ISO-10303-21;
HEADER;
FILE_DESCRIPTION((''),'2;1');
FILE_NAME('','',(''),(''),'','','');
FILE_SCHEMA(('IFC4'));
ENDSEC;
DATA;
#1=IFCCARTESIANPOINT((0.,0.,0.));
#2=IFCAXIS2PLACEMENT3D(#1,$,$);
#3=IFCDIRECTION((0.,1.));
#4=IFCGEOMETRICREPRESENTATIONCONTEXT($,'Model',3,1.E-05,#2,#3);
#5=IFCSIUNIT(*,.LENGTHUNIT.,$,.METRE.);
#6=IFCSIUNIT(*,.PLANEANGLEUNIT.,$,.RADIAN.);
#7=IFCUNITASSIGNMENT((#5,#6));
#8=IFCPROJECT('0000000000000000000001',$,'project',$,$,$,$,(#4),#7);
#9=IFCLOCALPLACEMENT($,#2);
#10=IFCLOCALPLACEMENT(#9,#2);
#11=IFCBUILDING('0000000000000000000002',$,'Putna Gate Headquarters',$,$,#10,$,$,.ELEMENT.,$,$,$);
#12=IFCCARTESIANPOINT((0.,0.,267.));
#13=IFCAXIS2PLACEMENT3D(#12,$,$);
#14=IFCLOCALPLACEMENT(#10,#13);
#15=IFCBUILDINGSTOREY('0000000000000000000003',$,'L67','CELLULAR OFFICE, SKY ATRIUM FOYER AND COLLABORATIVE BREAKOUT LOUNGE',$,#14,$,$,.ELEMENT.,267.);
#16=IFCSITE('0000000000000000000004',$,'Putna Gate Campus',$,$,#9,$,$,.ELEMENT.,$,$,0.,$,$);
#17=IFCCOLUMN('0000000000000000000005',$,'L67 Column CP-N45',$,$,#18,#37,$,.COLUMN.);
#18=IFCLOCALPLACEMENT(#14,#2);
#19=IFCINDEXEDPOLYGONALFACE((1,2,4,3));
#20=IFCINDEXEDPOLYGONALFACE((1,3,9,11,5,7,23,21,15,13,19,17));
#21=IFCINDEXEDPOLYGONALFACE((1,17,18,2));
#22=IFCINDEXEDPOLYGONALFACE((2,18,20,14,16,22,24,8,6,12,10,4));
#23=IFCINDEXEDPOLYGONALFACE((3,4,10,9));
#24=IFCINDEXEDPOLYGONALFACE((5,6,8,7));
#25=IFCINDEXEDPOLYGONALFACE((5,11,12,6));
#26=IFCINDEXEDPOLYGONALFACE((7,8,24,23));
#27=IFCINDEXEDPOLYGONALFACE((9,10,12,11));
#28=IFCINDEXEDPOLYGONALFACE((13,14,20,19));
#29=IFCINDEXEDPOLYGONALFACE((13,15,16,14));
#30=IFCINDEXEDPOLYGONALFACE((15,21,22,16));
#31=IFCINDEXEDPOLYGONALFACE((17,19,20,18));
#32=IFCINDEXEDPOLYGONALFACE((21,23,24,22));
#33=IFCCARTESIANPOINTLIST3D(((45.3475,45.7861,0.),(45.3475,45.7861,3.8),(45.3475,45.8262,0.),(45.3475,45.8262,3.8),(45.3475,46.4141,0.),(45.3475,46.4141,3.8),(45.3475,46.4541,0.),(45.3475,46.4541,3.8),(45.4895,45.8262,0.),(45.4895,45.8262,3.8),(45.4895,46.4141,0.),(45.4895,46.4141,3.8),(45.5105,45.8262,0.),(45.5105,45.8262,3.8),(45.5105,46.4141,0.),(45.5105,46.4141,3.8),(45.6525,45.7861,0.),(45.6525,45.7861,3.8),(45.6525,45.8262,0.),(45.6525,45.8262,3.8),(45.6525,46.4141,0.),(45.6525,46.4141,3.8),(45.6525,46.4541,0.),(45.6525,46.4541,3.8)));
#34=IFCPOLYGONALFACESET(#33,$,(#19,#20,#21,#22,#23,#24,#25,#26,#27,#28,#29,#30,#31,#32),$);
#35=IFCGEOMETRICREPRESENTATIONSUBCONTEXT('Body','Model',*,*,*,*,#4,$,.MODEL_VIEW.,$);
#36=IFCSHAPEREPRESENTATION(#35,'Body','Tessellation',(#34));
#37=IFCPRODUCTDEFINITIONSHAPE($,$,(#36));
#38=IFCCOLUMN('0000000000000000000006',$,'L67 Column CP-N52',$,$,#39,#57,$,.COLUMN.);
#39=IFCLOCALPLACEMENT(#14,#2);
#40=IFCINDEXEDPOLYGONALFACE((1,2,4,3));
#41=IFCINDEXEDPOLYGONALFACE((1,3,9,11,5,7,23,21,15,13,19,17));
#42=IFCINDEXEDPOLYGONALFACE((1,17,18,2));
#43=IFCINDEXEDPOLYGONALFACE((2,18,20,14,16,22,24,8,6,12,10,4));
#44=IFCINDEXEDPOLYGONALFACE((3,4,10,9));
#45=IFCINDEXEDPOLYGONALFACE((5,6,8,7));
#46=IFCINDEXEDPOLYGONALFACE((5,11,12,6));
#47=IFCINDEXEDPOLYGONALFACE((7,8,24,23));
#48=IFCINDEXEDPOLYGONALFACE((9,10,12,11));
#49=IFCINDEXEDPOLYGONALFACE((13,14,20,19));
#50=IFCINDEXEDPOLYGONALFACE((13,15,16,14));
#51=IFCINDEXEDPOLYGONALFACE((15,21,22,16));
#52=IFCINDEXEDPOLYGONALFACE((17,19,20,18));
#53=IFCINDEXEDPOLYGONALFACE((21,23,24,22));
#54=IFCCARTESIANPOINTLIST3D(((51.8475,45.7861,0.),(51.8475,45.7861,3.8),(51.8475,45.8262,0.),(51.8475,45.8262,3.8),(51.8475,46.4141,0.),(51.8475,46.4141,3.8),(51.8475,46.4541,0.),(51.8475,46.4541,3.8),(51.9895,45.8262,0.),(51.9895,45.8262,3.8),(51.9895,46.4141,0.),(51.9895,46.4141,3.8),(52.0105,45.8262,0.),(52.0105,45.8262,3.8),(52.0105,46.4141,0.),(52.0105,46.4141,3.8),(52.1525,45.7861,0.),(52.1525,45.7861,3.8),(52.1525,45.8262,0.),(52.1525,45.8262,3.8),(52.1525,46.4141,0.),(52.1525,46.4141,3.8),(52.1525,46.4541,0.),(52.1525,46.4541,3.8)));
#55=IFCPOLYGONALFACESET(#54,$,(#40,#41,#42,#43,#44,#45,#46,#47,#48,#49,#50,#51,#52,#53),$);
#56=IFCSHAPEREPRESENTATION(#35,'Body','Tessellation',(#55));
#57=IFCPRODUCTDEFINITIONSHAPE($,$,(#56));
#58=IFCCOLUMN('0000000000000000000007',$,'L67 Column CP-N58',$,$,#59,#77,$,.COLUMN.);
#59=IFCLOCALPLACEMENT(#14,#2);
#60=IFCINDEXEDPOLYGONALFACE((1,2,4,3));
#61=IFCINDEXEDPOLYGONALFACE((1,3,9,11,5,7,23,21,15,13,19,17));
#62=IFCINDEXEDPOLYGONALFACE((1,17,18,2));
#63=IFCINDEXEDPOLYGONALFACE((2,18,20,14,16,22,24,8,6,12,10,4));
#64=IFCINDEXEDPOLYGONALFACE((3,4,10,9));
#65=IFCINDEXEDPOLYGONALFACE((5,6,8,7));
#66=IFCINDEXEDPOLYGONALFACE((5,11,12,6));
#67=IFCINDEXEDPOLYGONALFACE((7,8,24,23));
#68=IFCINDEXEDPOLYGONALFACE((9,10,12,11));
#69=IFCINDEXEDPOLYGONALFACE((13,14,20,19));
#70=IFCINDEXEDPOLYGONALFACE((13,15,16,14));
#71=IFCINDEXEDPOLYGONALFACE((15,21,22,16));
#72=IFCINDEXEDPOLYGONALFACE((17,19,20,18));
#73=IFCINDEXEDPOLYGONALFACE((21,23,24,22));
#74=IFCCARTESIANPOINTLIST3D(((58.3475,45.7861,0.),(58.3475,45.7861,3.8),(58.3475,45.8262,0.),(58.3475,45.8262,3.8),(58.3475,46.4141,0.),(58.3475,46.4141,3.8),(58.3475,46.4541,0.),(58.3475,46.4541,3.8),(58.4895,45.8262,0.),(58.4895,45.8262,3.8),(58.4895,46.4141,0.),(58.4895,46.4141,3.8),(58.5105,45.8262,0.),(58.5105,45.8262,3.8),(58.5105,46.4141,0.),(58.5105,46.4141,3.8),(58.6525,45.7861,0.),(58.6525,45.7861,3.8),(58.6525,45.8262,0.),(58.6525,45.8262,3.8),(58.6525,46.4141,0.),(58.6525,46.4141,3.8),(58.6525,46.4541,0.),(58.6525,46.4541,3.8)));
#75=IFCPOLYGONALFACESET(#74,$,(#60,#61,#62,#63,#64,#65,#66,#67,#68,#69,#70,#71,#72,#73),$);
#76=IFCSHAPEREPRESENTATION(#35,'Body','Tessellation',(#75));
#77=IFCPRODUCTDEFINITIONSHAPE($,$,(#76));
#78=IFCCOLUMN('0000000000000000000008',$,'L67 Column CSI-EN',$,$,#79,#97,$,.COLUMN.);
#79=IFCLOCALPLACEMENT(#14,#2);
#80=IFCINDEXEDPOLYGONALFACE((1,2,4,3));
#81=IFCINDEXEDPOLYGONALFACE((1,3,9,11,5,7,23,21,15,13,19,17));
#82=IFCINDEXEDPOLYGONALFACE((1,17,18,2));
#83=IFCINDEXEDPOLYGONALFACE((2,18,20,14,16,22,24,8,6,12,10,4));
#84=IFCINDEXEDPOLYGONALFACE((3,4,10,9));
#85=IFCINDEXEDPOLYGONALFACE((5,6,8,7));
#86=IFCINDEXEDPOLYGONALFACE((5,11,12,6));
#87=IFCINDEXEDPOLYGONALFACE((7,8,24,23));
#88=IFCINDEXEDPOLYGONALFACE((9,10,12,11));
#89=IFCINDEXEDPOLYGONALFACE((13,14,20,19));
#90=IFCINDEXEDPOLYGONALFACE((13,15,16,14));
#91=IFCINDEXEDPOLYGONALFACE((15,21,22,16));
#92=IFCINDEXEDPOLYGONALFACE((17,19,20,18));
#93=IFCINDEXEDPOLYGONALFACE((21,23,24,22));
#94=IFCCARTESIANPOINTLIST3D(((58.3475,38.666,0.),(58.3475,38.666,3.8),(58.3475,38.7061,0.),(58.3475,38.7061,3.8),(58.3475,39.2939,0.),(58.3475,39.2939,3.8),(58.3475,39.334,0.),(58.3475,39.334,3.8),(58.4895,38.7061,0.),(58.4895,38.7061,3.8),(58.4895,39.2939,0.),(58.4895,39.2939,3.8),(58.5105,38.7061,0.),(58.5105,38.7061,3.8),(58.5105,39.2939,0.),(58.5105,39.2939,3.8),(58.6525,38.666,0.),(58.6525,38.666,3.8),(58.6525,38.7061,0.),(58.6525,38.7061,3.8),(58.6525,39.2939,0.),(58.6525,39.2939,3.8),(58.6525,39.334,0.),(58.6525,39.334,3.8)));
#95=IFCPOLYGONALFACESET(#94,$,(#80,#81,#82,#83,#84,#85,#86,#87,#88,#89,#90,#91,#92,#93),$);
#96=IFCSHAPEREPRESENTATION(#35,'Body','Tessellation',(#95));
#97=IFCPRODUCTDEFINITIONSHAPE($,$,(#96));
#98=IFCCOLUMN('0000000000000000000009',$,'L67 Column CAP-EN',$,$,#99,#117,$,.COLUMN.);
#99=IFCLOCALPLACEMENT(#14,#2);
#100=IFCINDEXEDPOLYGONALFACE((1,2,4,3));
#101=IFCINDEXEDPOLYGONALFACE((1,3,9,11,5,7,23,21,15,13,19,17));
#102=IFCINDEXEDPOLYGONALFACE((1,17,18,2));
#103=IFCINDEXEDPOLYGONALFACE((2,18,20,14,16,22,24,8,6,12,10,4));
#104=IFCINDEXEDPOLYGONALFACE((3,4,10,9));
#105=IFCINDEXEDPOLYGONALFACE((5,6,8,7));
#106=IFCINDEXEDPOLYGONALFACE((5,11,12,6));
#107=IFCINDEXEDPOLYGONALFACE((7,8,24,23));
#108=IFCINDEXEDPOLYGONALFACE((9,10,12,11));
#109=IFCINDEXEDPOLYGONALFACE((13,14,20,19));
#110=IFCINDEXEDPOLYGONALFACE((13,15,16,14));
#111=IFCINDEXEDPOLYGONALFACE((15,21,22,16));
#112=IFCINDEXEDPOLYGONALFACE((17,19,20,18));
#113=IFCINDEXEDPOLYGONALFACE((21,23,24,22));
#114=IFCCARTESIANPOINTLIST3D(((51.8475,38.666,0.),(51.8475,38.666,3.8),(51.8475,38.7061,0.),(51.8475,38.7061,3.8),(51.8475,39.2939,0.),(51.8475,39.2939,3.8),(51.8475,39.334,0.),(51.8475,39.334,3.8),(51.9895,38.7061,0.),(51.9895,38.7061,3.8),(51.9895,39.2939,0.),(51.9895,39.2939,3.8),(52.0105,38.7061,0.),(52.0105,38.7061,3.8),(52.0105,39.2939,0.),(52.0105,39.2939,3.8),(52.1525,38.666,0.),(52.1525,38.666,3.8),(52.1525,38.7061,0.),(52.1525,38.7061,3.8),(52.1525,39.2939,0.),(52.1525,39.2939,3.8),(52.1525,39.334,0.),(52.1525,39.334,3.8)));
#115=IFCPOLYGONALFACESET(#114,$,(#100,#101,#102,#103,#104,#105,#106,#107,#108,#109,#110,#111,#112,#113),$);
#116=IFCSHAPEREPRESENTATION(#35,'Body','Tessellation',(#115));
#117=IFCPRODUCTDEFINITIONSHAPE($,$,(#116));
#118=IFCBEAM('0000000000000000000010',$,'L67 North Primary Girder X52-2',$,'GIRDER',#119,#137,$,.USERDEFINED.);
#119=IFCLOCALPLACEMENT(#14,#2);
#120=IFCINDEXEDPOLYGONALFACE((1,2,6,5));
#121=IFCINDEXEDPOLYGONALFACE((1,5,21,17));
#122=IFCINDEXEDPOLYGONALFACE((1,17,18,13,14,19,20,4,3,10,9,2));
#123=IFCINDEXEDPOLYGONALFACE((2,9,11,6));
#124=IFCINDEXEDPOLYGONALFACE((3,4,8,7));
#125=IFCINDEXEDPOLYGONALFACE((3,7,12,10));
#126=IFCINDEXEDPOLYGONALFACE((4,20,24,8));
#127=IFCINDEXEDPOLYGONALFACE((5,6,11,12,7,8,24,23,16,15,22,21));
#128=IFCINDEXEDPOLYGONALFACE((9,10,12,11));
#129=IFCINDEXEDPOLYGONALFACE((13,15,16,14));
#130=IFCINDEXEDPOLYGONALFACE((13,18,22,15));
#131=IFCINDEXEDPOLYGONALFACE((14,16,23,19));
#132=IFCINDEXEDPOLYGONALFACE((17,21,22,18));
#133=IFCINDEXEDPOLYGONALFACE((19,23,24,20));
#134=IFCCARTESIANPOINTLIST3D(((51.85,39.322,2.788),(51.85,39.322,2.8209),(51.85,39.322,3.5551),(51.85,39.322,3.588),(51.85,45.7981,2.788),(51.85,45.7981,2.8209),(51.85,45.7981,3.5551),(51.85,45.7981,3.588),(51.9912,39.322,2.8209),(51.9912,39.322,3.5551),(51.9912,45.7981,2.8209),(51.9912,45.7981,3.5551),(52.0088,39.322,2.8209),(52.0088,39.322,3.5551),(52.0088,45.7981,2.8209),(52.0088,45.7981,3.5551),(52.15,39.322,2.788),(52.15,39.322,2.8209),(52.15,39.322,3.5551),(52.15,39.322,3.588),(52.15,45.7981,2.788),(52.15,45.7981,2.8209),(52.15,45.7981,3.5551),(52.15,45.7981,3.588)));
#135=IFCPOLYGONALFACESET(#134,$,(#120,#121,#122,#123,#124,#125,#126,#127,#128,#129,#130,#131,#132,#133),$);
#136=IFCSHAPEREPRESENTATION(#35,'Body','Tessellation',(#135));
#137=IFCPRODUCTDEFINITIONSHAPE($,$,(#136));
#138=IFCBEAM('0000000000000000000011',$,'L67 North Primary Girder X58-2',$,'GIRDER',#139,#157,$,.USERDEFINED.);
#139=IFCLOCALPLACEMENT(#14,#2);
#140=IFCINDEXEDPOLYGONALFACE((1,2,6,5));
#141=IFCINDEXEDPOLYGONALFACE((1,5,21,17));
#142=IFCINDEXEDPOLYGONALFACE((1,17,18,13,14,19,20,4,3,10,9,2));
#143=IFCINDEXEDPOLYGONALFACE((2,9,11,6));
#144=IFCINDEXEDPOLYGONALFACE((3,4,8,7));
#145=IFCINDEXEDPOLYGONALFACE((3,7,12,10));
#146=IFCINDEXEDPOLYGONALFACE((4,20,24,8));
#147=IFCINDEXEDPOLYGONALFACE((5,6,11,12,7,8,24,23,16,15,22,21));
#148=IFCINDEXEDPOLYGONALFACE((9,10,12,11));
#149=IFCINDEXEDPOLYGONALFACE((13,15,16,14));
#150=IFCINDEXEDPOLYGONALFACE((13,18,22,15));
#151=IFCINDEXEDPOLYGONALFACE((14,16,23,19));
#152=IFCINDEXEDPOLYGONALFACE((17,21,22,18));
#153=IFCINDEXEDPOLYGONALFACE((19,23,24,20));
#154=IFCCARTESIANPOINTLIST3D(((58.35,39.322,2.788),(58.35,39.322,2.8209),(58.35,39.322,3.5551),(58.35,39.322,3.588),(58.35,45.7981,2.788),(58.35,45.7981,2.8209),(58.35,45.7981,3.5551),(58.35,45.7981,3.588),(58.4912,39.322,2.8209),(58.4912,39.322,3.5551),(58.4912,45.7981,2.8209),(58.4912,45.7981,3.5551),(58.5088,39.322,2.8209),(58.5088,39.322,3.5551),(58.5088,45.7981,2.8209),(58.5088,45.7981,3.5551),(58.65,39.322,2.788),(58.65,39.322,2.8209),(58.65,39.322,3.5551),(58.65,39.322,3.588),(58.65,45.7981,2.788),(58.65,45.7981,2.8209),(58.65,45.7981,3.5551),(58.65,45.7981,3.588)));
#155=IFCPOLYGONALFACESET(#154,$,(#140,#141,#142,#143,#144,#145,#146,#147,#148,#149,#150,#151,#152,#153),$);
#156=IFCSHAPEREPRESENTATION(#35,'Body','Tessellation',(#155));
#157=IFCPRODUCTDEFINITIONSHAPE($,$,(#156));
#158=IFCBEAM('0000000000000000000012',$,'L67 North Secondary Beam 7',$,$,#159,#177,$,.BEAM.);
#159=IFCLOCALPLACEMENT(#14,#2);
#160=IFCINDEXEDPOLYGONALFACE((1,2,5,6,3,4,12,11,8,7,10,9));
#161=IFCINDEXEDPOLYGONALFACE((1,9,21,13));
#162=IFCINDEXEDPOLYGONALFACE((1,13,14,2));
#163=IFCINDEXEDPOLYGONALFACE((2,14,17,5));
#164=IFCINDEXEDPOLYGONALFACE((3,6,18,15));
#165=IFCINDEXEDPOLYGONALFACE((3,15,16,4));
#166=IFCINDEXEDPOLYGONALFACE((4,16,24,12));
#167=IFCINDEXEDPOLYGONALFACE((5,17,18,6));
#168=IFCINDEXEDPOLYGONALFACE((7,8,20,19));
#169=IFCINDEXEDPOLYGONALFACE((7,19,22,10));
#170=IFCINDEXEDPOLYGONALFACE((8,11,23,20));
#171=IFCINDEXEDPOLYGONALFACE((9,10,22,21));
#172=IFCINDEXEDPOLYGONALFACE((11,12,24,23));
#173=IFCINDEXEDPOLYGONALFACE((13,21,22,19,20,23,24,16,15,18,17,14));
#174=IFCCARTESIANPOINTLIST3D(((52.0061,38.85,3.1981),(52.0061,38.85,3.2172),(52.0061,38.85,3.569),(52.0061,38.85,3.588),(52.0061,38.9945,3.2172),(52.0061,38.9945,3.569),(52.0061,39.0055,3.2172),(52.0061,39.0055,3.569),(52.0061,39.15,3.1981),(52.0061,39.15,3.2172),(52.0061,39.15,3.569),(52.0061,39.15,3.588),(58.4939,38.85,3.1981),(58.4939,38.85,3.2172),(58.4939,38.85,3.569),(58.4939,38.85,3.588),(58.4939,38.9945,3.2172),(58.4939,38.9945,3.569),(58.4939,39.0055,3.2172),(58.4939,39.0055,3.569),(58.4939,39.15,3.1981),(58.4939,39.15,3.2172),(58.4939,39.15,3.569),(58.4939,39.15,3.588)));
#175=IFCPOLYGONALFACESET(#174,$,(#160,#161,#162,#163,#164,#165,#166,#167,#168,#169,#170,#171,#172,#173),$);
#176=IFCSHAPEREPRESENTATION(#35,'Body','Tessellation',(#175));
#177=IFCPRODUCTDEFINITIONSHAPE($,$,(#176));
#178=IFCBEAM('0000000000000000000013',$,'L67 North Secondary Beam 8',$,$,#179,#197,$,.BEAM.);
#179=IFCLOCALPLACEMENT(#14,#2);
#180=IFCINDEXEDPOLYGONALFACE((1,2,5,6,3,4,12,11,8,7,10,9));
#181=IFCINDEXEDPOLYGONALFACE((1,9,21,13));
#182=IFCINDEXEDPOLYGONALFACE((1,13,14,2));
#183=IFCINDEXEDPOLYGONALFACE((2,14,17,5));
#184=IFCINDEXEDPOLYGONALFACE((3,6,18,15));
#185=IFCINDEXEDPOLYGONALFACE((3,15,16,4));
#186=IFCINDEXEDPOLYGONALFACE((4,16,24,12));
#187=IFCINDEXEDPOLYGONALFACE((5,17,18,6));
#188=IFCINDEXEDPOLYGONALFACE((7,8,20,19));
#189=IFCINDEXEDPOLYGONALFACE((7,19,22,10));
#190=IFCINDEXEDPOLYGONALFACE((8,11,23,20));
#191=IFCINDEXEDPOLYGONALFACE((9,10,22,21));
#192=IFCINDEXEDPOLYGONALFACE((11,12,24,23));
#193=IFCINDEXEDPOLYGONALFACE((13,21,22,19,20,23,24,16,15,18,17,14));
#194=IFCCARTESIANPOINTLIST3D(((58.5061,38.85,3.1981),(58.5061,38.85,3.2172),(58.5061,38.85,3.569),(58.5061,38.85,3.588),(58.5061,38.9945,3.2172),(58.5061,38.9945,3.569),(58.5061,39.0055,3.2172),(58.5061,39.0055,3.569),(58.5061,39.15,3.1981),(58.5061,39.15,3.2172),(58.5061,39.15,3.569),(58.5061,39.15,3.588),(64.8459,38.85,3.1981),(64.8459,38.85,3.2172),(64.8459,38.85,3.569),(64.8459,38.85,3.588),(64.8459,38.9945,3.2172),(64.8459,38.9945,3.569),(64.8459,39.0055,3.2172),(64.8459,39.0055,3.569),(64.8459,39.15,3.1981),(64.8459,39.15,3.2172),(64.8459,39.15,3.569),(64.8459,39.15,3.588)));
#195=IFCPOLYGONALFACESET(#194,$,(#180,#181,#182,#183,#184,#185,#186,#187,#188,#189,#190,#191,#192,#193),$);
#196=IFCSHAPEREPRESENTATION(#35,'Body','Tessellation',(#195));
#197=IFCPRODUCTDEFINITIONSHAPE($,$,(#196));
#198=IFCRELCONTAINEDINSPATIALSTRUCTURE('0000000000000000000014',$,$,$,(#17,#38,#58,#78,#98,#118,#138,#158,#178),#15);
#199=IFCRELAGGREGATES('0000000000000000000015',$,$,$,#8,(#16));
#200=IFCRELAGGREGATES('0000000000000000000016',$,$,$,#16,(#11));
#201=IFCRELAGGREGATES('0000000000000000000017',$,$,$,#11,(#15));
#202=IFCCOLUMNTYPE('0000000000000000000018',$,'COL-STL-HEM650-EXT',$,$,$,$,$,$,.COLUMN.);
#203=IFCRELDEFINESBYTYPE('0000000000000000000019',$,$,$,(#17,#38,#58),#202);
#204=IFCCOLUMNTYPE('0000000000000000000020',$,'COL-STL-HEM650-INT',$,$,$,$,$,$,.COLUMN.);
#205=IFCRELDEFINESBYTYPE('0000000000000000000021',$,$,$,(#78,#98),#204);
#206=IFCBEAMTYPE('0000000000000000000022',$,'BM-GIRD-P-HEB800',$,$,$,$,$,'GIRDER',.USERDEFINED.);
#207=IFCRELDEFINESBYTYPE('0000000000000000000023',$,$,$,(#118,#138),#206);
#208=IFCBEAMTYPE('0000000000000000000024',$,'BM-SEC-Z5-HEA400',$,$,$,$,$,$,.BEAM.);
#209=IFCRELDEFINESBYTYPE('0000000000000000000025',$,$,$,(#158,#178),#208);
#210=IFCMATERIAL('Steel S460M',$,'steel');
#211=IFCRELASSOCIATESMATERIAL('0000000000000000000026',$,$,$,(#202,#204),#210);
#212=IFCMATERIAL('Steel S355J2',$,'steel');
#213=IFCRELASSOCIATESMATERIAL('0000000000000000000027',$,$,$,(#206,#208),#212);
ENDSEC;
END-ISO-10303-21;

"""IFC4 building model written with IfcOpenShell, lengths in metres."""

from ifc_helpers import new_model, si_unit, direction, frame, origin, origin_2d, place, context, subcontext, project, spatial, i_section, extrude, material, material_profile, profile_set, type_object, element, save


model = new_model("IFC4")

# Units and contexts
model_context = context("Model", 3, precision=1e-05, world=origin(), true_north=direction((0.0, 1.0)))
body_context = subcontext(model_context, "Body", "Model", "MODEL_VIEW")
ifc_project = project(units=[si_unit("LENGTHUNIT", "METRE"), si_unit("PLANEANGLEUNIT", "RADIAN")], contexts=[model_context])

# Site, building, storey
site_placement = place(None, origin())
site = spatial("IfcSite", under=ifc_project, at=site_placement, Name="Putna Gate Campus", CompositionType="ELEMENT", RefElevation=0.0)
building_placement = place(site_placement, origin())
building = spatial("IfcBuilding", under=site, at=building_placement, Name="Putna Gate Headquarters", CompositionType="ELEMENT")
storey_placement = place(building_placement, frame((0.0, 0.0, 267.0)))
storey = spatial("IfcBuildingStorey", under=building, at=storey_placement, Name="L67", Description="CELLULAR OFFICE, SKY ATRIUM FOYER AND COLLABORATIVE BREAKOUT LOUNGE", CompositionType="ELEMENT", Elevation=267.0)

# Columns
ifc_material_1 = material(Name="Steel S460M", Category="steel")
ifc_material_profile_1 = material_profile(ifc_material_1, i_section(OverallWidth=0.3049, OverallDepth=0.668, WebThickness=0.021, FlangeThickness=0.04, at=origin_2d()), Name="Steel S460M")
ifc_profile_set_1 = profile_set([ifc_material_profile_1], Name="Steel S460M")
column_type_1 = type_object("IfcColumnType", Name="COL-STL-HEM650-EXT", PredefinedType="COLUMN", material=ifc_profile_set_1)
for number, where, z_axis, x_axis, name in (
    (1, (45.5, 46.1201, 0.0), (0.0, 0.0, 1.0), (1.0, 0.0, 0.0), "L67 Column CP-N45"),
    (2, (52.0, 46.1201, 0.0), (0.0, 0.0, 1.0), (1.0, 0.0, 0.0), "L67 Column CP-N52"),
    (3, (58.5, 46.1201, 0.0), (0.0, 0.0, 1.0), (1.0, 0.0, 0.0), "L67 Column CP-N58"),
):
    element("IfcColumn", number, at=place(storey_placement, frame(where, z_axis=z_axis, x_axis=x_axis)), inside=storey, type_object=column_type_1, Name=name, PredefinedType="COLUMN", context=body_context, shape_type="SweptSolid", body=[
        extrude(i_section(OverallWidth=0.3049, OverallDepth=0.668, WebThickness=0.021, FlangeThickness=0.04, at=origin_2d()), origin(), (0.0, 0.0, 1.0), 3.8),
    ])
ifc_material_profile_2 = material_profile(ifc_material_1, i_section(OverallWidth=0.3049, OverallDepth=0.668, WebThickness=0.021, FlangeThickness=0.04, at=origin_2d()), Name="Steel S460M")
ifc_profile_set_2 = profile_set([ifc_material_profile_2], Name="Steel S460M")
column_type_2 = type_object("IfcColumnType", Name="COL-STL-HEM650-INT", PredefinedType="COLUMN", material=ifc_profile_set_2)
for number, where, z_axis, x_axis, name in (
    (4, (58.5, 39.0, 0.0), (0.0, 0.0, 1.0), (1.0, 0.0, 0.0), "L67 Column CSI-EN"),
    (5, (52.0, 39.0, 0.0), (0.0, 0.0, 1.0), (1.0, 0.0, 0.0), "L67 Column CAP-EN"),
):
    element("IfcColumn", number, at=place(storey_placement, frame(where, z_axis=z_axis, x_axis=x_axis)), inside=storey, type_object=column_type_2, Name=name, PredefinedType="COLUMN", context=body_context, shape_type="SweptSolid", body=[
        extrude(i_section(OverallWidth=0.3049, OverallDepth=0.668, WebThickness=0.021, FlangeThickness=0.04, at=origin_2d()), origin(), (0.0, 0.0, 1.0), 3.8),
    ])

# Beams
ifc_material_2 = material(Name="Steel S355J2", Category="steel")
ifc_material_profile_3 = material_profile(ifc_material_2, i_section(OverallWidth=0.3, OverallDepth=0.8, WebThickness=0.0176, FlangeThickness=0.033, at=origin_2d()), Name="Steel S355J2")
ifc_profile_set_3 = profile_set([ifc_material_profile_3], Name="Steel S355J2")
beam_type_1 = type_object("IfcBeamType", Name="BM-GIRD-P-HEB800", ElementType="GIRDER", PredefinedType="USERDEFINED", material=ifc_profile_set_3)
for number, where, z_axis, x_axis, name in (
    (6, (52.0, 39.322, 3.188), (0.0, 1.0, 0.0), (-1.0, 0.0, 0.0), "L67 North Primary Girder X52-2"),
    (7, (58.5, 39.322, 3.188), (0.0, 1.0, 0.0), (-1.0, 0.0, 0.0), "L67 North Primary Girder X58-2"),
):
    element("IfcBeam", number, at=place(storey_placement, frame(where, z_axis=z_axis, x_axis=x_axis)), inside=storey, type_object=beam_type_1, Name=name, ObjectType="GIRDER", PredefinedType="USERDEFINED", context=body_context, shape_type="SweptSolid", body=[
        extrude(i_section(OverallWidth=0.3, OverallDepth=0.8, WebThickness=0.0176, FlangeThickness=0.033, at=origin_2d()), origin(), (0.0, 0.0, 1.0), 6.4761),
    ])
ifc_material_profile_4 = material_profile(ifc_material_2, i_section(OverallWidth=0.3, OverallDepth=0.3899, WebThickness=0.011, FlangeThickness=0.019, at=origin_2d()), Name="Steel S355J2")
ifc_profile_set_4 = profile_set([ifc_material_profile_4], Name="Steel S355J2")
beam_type_2 = type_object("IfcBeamType", Name="BM-SEC-Z5-HEA400", PredefinedType="BEAM", material=ifc_profile_set_4)
beam_1_placement = place(storey_placement, frame((52.0061, 39.0, 3.3931), z_axis=(1.0, 0.0, 0.0), x_axis=(0.0, 1.0, 0.0)))
element("IfcBeam", 8, at=beam_1_placement, inside=storey, type_object=beam_type_2, Name="L67 North Secondary Beam 7", PredefinedType="BEAM", context=body_context, shape_type="SweptSolid", body=[
    extrude(i_section(OverallWidth=0.3, OverallDepth=0.3899, WebThickness=0.011, FlangeThickness=0.019, at=origin_2d()), origin(), (0.0, 0.0, 1.0), 6.4878),
])
beam_2_placement = place(storey_placement, frame((58.5061, 39.0, 3.3931), z_axis=(1.0, 0.0, 0.0), x_axis=(0.0, 1.0, 0.0)))
element("IfcBeam", 9, at=beam_2_placement, inside=storey, type_object=beam_type_2, Name="L67 North Secondary Beam 8", PredefinedType="BEAM", context=body_context, shape_type="SweptSolid", body=[
    extrude(i_section(OverallWidth=0.3, OverallDepth=0.3899, WebThickness=0.011, FlangeThickness=0.019, at=origin_2d()), origin(), (0.0, 0.0, 1.0), 6.3398),
])

save(model, "model.ifc")
